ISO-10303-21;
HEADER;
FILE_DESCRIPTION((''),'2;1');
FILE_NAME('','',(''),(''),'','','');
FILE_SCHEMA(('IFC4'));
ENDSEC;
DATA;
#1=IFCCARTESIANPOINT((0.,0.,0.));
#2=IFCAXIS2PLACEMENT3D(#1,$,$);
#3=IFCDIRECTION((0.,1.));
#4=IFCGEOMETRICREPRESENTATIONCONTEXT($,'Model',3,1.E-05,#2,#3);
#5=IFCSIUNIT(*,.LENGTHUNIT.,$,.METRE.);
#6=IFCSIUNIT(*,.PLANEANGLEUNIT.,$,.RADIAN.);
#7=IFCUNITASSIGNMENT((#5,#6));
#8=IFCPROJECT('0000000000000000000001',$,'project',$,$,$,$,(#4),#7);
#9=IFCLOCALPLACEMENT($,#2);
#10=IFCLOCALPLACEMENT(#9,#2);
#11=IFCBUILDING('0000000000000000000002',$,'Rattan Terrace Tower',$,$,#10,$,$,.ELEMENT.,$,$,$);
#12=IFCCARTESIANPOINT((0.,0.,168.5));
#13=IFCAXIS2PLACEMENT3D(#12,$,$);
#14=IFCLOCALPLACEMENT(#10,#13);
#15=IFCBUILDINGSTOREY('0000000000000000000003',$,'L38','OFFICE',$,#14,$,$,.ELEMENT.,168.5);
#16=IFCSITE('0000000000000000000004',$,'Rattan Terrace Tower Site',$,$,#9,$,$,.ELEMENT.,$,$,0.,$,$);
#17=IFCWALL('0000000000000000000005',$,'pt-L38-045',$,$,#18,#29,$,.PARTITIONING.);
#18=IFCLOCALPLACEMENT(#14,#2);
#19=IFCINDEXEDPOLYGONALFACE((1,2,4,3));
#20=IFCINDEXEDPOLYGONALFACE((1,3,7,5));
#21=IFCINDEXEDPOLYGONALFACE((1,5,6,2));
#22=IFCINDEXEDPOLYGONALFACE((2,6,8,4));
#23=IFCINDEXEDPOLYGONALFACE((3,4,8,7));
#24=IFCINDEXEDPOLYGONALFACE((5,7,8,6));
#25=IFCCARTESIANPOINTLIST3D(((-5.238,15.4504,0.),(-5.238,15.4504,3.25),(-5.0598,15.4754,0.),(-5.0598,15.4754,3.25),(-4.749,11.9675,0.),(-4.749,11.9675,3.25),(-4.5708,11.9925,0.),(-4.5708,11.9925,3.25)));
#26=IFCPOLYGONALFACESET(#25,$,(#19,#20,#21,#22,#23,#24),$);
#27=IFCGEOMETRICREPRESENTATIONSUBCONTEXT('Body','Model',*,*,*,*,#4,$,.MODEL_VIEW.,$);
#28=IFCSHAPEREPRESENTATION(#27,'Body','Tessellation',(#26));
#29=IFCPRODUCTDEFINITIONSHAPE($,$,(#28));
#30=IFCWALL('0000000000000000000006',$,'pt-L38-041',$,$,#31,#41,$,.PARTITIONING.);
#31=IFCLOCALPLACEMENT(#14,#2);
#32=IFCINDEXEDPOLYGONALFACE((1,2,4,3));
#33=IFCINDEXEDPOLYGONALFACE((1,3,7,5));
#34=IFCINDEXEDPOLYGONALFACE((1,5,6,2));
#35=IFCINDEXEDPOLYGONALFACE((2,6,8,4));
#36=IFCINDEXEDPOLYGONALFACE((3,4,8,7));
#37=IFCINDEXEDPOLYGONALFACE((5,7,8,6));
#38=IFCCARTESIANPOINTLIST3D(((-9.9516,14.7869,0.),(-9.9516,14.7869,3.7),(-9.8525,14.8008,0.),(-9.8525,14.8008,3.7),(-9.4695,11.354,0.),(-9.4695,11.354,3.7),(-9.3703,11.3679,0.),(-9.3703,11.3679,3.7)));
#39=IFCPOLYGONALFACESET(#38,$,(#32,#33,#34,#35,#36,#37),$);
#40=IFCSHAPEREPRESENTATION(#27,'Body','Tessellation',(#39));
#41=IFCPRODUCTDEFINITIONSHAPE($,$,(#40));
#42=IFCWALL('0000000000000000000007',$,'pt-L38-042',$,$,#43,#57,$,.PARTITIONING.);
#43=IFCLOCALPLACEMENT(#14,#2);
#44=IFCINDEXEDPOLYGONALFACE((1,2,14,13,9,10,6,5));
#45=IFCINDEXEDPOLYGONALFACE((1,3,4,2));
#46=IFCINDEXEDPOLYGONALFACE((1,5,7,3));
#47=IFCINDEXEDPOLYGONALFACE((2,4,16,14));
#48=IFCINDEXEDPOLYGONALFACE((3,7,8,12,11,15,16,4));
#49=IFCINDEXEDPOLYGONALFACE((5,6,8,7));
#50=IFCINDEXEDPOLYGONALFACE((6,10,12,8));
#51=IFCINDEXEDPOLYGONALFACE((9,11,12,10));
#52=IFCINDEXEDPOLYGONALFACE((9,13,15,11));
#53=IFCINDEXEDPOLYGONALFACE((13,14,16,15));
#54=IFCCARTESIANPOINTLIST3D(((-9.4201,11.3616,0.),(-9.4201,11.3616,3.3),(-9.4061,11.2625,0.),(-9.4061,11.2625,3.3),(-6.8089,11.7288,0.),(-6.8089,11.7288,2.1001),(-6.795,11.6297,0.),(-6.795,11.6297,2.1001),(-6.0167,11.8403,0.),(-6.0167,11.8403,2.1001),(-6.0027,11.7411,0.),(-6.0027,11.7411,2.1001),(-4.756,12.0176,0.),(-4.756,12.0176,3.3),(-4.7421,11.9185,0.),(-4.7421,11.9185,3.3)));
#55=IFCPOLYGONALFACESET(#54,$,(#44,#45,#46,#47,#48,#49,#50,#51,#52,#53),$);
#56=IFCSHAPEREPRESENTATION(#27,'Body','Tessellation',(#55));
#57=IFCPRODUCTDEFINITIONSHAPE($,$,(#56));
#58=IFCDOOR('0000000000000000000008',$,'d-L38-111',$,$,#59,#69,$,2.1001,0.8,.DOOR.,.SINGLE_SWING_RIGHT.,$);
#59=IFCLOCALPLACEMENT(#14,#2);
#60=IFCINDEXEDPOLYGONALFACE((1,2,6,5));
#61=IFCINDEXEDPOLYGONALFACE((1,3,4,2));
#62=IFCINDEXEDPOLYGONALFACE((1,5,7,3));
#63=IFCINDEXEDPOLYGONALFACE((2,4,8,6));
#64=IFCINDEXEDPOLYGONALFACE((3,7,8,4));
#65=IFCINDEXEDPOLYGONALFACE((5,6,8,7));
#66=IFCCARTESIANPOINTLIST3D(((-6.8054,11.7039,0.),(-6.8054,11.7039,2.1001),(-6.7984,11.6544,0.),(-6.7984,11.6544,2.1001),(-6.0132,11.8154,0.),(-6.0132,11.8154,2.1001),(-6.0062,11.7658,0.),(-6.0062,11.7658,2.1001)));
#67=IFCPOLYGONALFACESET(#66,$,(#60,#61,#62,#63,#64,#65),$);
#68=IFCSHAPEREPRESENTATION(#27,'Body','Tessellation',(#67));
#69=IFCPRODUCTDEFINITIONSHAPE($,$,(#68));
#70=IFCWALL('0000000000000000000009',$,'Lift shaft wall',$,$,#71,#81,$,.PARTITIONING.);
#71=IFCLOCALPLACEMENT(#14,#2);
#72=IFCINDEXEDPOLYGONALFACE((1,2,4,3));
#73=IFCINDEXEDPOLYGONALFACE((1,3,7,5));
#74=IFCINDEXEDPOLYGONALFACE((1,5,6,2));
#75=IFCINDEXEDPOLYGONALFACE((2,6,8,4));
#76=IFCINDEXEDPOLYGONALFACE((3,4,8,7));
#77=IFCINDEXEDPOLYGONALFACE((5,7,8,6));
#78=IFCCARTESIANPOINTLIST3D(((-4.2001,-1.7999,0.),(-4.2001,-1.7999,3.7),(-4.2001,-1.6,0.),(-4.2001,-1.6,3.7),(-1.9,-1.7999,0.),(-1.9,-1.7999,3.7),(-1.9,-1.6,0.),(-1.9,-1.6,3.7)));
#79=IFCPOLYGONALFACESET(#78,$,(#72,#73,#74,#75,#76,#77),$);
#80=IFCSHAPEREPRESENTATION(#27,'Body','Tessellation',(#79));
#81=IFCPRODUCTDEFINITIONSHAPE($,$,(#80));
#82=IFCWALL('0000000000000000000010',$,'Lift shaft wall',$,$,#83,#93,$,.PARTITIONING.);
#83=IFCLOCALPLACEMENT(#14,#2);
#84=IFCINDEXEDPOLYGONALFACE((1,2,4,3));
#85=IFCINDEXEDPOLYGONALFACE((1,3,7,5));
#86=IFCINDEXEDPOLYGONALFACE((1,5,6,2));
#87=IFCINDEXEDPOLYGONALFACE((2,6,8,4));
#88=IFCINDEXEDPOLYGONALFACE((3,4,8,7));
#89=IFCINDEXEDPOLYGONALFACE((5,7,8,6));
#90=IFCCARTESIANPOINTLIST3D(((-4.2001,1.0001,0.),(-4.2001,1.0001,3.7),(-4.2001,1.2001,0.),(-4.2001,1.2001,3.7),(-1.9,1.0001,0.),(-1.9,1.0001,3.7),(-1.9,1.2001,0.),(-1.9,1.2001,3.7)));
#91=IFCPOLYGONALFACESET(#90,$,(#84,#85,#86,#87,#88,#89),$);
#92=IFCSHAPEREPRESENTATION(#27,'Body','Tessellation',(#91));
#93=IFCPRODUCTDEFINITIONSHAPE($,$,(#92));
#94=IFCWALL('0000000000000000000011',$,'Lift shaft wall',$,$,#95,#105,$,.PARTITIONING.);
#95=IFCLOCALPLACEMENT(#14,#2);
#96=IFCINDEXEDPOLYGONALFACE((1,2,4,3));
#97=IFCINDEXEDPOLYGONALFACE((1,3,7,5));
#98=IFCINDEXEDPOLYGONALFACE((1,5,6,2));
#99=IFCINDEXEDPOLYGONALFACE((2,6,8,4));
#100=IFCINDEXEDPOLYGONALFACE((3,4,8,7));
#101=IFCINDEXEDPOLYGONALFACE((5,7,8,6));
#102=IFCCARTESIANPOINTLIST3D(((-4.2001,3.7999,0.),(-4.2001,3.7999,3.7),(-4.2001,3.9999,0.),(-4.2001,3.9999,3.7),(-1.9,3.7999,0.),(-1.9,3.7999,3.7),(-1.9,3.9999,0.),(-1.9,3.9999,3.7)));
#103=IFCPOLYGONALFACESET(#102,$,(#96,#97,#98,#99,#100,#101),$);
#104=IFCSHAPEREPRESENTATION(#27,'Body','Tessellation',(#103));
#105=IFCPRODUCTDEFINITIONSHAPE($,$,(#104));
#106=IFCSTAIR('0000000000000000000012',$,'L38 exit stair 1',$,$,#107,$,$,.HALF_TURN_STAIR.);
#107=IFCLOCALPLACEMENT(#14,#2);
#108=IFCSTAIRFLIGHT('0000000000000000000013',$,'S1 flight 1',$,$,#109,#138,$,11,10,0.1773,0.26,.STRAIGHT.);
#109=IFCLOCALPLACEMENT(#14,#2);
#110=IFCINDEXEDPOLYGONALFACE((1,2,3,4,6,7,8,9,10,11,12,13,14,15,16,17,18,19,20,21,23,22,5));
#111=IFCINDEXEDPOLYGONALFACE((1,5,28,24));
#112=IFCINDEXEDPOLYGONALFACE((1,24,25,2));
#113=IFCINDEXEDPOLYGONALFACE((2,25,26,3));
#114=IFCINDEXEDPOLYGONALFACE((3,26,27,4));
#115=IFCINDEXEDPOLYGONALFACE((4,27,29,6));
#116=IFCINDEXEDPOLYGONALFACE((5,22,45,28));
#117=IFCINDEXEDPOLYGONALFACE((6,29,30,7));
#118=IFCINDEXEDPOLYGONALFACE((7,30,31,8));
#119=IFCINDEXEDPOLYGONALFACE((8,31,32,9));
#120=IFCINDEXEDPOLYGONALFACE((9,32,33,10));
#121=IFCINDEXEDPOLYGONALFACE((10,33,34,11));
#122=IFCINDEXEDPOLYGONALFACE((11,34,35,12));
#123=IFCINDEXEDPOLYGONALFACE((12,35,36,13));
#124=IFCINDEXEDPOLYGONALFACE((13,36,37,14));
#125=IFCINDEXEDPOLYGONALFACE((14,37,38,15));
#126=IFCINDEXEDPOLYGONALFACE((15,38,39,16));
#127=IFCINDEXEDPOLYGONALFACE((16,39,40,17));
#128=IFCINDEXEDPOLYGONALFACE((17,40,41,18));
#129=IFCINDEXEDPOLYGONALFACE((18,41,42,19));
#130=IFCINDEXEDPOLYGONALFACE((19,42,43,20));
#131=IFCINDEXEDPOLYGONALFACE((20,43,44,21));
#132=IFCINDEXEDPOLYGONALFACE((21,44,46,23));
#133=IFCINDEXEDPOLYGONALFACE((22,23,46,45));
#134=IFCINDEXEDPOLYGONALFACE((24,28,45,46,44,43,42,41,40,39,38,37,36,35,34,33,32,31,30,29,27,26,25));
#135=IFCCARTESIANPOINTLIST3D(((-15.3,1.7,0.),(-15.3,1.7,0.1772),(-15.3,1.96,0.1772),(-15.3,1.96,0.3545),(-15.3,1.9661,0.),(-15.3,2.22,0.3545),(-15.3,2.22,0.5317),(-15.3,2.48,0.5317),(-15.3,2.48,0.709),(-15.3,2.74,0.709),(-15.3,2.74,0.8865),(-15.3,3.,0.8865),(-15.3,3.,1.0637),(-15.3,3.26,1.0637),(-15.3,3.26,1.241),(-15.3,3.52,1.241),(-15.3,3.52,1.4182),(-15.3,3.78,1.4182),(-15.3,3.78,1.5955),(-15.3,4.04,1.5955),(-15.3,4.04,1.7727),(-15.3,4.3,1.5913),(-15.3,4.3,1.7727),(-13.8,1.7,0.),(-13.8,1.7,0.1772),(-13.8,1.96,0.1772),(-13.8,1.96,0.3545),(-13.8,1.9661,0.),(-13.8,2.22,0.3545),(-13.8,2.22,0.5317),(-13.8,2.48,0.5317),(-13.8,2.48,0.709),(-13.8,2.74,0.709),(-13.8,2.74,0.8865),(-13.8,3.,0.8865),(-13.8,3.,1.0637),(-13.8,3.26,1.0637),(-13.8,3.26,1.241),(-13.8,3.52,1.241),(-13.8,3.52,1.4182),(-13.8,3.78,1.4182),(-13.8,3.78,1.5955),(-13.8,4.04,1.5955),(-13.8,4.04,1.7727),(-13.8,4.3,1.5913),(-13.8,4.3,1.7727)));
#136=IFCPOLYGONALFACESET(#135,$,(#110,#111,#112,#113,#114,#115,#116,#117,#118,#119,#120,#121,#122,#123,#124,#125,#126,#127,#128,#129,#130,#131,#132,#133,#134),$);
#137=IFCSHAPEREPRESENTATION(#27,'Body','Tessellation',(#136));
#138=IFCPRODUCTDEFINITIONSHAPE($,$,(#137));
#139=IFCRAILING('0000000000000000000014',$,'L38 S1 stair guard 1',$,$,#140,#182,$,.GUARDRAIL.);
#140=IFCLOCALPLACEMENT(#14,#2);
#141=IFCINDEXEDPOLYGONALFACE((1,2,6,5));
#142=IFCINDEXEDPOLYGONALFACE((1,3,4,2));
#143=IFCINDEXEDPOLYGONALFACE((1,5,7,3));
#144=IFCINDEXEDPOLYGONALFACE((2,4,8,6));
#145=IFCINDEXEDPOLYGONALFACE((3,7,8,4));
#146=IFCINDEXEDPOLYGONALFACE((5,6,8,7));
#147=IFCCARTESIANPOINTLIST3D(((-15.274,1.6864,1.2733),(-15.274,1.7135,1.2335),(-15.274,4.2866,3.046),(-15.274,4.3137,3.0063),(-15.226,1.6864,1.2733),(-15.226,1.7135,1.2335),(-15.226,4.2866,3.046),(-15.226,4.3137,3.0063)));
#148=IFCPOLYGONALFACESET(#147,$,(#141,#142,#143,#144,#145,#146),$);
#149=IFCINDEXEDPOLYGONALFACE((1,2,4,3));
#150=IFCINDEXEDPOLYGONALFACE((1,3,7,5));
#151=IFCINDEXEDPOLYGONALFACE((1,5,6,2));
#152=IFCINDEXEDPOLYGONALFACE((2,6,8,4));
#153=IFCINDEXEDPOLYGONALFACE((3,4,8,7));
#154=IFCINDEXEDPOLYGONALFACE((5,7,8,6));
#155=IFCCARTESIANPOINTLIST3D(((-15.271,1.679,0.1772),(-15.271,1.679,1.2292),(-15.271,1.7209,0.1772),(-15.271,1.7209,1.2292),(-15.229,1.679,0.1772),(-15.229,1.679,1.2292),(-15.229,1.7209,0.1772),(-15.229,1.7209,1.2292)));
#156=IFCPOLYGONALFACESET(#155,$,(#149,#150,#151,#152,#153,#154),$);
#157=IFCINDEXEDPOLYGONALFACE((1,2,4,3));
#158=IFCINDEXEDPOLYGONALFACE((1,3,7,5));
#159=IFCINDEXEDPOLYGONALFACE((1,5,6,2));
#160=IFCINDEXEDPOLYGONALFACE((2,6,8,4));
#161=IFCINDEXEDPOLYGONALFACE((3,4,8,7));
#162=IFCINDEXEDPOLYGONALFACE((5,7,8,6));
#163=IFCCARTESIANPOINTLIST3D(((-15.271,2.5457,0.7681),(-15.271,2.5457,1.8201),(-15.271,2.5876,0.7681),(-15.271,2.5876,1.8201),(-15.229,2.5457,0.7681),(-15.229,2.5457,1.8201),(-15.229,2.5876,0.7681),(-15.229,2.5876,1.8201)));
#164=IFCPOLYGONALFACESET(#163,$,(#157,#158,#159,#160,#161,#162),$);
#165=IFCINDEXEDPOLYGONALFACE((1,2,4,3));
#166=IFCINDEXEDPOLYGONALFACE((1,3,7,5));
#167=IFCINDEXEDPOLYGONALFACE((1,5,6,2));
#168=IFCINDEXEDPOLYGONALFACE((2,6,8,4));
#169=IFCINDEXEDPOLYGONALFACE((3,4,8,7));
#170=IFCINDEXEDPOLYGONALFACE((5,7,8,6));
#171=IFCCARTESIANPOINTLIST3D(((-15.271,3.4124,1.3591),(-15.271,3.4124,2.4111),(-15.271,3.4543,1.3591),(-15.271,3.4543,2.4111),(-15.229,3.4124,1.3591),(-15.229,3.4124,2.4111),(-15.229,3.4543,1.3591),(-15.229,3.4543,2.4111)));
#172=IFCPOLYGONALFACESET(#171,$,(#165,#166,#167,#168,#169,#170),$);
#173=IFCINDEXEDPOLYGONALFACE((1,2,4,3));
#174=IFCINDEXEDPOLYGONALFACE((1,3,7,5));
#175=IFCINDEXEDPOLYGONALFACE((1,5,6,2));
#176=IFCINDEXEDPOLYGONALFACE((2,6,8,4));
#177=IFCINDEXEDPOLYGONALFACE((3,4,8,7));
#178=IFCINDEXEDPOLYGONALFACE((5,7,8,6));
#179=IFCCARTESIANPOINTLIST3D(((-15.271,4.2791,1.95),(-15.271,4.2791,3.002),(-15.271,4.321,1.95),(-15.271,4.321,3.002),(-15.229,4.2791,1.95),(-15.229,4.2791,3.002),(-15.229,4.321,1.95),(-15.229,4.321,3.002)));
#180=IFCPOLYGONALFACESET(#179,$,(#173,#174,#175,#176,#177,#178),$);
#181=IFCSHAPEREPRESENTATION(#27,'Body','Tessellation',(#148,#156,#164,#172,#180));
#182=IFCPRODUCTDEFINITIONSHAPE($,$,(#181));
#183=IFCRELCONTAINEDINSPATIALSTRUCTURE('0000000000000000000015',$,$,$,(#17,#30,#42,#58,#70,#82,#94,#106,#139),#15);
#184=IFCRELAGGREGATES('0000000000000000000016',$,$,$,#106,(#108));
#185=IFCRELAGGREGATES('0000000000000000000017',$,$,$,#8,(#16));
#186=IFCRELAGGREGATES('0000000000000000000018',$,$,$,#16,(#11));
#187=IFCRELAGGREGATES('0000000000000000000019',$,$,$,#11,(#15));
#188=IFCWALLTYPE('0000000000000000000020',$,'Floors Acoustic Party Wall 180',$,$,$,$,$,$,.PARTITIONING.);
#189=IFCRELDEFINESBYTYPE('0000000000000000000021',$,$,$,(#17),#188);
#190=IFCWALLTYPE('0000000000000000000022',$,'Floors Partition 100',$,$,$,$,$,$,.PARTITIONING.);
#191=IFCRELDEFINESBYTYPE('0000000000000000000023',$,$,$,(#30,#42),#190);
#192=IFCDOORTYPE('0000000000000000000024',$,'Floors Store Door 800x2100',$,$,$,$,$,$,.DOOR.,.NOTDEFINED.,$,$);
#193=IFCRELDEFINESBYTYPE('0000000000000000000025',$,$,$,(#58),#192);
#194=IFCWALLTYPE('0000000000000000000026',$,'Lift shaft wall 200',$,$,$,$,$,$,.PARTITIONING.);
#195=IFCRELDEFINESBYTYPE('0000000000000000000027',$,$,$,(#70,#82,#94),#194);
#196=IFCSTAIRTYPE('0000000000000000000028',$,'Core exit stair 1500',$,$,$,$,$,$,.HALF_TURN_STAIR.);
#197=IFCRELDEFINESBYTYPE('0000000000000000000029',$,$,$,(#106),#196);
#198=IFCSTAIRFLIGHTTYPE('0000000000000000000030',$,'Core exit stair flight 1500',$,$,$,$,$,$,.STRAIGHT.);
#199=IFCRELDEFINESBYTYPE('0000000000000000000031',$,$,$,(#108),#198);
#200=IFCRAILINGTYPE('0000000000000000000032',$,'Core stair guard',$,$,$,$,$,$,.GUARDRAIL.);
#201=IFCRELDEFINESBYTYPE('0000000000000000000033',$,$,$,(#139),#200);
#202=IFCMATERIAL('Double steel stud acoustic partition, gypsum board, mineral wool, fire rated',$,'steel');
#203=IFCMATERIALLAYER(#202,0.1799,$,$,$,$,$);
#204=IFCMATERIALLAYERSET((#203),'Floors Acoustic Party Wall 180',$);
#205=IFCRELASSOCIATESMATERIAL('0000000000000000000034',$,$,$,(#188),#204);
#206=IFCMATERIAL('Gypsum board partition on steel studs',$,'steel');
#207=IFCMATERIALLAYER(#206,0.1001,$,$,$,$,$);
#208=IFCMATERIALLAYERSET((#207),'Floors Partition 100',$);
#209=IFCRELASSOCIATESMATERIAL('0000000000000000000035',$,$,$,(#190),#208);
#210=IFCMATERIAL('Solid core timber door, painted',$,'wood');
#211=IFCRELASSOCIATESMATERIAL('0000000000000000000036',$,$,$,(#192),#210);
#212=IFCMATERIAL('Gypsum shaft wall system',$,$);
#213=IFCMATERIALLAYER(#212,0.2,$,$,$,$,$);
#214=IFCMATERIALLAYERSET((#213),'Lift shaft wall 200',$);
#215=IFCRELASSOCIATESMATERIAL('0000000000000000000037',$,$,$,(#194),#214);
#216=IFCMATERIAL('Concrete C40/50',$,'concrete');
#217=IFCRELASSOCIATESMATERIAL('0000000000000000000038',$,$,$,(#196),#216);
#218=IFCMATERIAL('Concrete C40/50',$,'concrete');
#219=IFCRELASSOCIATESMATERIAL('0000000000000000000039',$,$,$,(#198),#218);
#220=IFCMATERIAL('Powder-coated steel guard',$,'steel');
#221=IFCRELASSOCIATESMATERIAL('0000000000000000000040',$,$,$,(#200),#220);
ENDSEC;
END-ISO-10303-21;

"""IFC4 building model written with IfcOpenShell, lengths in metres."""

from ifc_helpers import new_model, si_unit, direction, frame, frame_2d, origin, origin_2d, place, context, subcontext, project, spatial, polyline, rectangle, outline, extrude, material, layer, layer_set, type_object, element, fill, aggregate, save


model = new_model("IFC4")

# Units and contexts
model_context = context("Model", 3, precision=1e-05, world=origin(), true_north=direction((0.0, 1.0)))
body_context = subcontext(model_context, "Body", "Model", "MODEL_VIEW")
ifc_project = project(units=[si_unit("LENGTHUNIT", "METRE"), si_unit("PLANEANGLEUNIT", "RADIAN")], contexts=[model_context])

# Site, building, storey
site_placement = place(None, origin())
site = spatial("IfcSite", under=ifc_project, at=site_placement, Name="Rattan Terrace Tower Site", CompositionType="ELEMENT", RefElevation=0.0)
building_placement = place(site_placement, origin())
building = spatial("IfcBuilding", under=site, at=building_placement, Name="Rattan Terrace Tower", CompositionType="ELEMENT")
storey_placement = place(building_placement, frame((0.0, 0.0, 168.5)))
storey = spatial("IfcBuildingStorey", under=building, at=storey_placement, Name="L38", Description="OFFICE", CompositionType="ELEMENT", Elevation=168.5)

# Walls
ifc_material_1 = material(Name="Double steel stud acoustic partition, gypsum board, mineral wool, fire rated", Category="steel")
ifc_layer_1 = layer(ifc_material_1, 0.1799)
ifc_layer_set_1 = layer_set([ifc_layer_1], Name="Floors Acoustic Party Wall 180")
wall_type_1 = type_object("IfcWallType", Name="Floors Acoustic Party Wall 180", PredefinedType="PARTITIONING", material=ifc_layer_set_1)
wall_1_placement = place(storey_placement, frame((-5.1489, 15.4629, 0.0), z_axis=(0.0, 0.0, 1.0), x_axis=(0.13904, -0.990287, 0.0)))
element("IfcWall", 1, at=wall_1_placement, inside=storey, type_object=wall_type_1, Name="pt-L38-045", PredefinedType="PARTITIONING", context=body_context, shape_type="SweptSolid", body=[
    extrude(rectangle(XDim=3.5171, YDim=0.1799, at=frame_2d((1.7585, 0.0))), origin(), (0.0, 0.0, 1.0), 3.25),
])
ifc_material_2 = material(Name="Gypsum board partition on steel studs", Category="steel")
ifc_layer_2 = layer(ifc_material_2, 0.1001)
ifc_layer_set_2 = layer_set([ifc_layer_2], Name="Floors Partition 100")
wall_type_2 = type_object("IfcWallType", Name="Floors Partition 100", PredefinedType="PARTITIONING", material=ifc_layer_set_2)
wall_2_placement = place(storey_placement, frame((-9.9021, 14.7939, 0.0), z_axis=(0.0, 0.0, 1.0), x_axis=(0.139094, -0.990279, 0.0)))
element("IfcWall", 2, at=wall_2_placement, inside=storey, type_object=wall_type_2, Name="pt-L38-041", PredefinedType="PARTITIONING", context=body_context, shape_type="SweptSolid", body=[
    extrude(rectangle(XDim=3.4666, YDim=0.1001, at=frame_2d((1.7334, 0.0))), origin(), (0.0, 0.0, 1.0), 3.7),
])

# Wall, opening, door
wall_3_placement = place(storey_placement, frame((-9.4131, 11.312, 0.0), z_axis=(0.0, 0.0, 1.0), x_axis=(0.990253, 0.13928, 0.0)))
wall_3 = element("IfcWall", 3, at=wall_3_placement, inside=storey, type_object=wall_type_2, Name="pt-L38-042", PredefinedType="PARTITIONING", context=body_context, shape_type="SweptSolid", body=[
    extrude(rectangle(XDim=4.71, YDim=0.1001, at=frame_2d((2.355, 0.0))), origin(), (0.0, 0.0, 1.0), 3.3),
])
opening_placement = place(wall_3_placement, frame((2.637, 0.0, 0.0)))
opening = element("IfcOpeningElement", 4, at=opening_placement, cuts=wall_3, PredefinedType="OPENING", context=body_context, shape_type="SweptSolid", body=[
    extrude(rectangle(XDim=0.8, YDim=2.1001, at=frame_2d((0.3999, 1.05))), frame((0.0, 0.0605, 0.0), z_axis=(0.0, -1.0, 0.0), x_axis=(1.0, 0.0, 0.0)), (0.0, 0.0, 1.0), 0.1211),
])
ifc_material_3 = material(Name="Solid core timber door, painted", Category="wood")
door_type = type_object("IfcDoorType", Name="Floors Store Door 800x2100", OperationType="NOTDEFINED", PredefinedType="DOOR", material=ifc_material_3)
door_placement = place(opening_placement, origin())
door = element("IfcDoor", 5, at=door_placement, inside=storey, type_object=door_type, Name="d-L38-111", OperationType="SINGLE_SWING_RIGHT", OverallHeight=2.1001, OverallWidth=0.8, PredefinedType="DOOR", context=body_context, shape_type="SweptSolid", body=[
    extrude(rectangle(XDim=0.8, YDim=2.1001, at=frame_2d((0.3999, 1.05))), frame((0.0, 0.0249, 0.0), z_axis=(0.0, -1.0, 0.0), x_axis=(1.0, 0.0, 0.0)), (0.0, 0.0, 1.0), 0.05),
])
fill(opening, door)

# Walls
ifc_material_4 = material(Name="Gypsum shaft wall system")
ifc_layer_3 = layer(ifc_material_4, 0.2)
ifc_layer_set_3 = layer_set([ifc_layer_3], Name="Lift shaft wall 200")
wall_type_3 = type_object("IfcWallType", Name="Lift shaft wall 200", PredefinedType="PARTITIONING", material=ifc_layer_set_3)
for number, where, z_axis, x_axis, name in (
    (6, (-4.2, -1.7, 0.0), (0.0, 0.0, 1.0), (1.0, 0.0, 0.0), "Lift shaft wall"),
    (7, (-4.2, 1.1001, 0.0), (0.0, 0.0, 1.0), (1.0, 0.0, 0.0), "Lift shaft wall"),
    (8, (-4.2, 3.8999, 0.0), (0.0, 0.0, 1.0), (1.0, 0.0, 0.0), "Lift shaft wall"),
):
    element("IfcWall", number, at=place(storey_placement, frame(where, z_axis=z_axis, x_axis=x_axis)), inside=storey, type_object=wall_type_3, Name=name, PredefinedType="PARTITIONING", context=body_context, shape_type="SweptSolid", body=[
        extrude(rectangle(XDim=2.3, YDim=0.2, at=frame_2d((1.1499, 0.0))), origin(), (0.0, 0.0, 1.0), 3.7),
    ])

# Stair, stair flight
ifc_material_5 = material(Name="Concrete C40/50", Category="concrete")
stair_type = type_object("IfcStairType", Name="Core exit stair 1500", PredefinedType="HALF_TURN_STAIR", material=ifc_material_5)
stair_placement = place(storey_placement, origin())
stair = element("IfcStair", 9, at=stair_placement, inside=storey, type_object=stair_type, Name="L38 exit stair 1", PredefinedType="HALF_TURN_STAIR")
ifc_material_6 = material(Name="Concrete C40/50", Category="concrete")
stair_flight_type = type_object("IfcStairFlightType", Name="Core exit stair flight 1500", PredefinedType="STRAIGHT", material=ifc_material_6)
stair_flight_placement = place(storey_placement, frame((-14.55, 1.7, 0.0), z_axis=(0.0, 0.0, 1.0), x_axis=(0.0, 1.0, 0.0)))
stair_flight = element("IfcStairFlight", 10, at=stair_flight_placement, type_object=stair_flight_type, Name="S1 flight 1", NumberOfRisers=11, NumberOfTreads=10, PredefinedType="STRAIGHT", RiserHeight=0.1773, TreadLength=0.26, context=body_context, shape_type="SweptSolid", body=[
    extrude(outline(polyline([(0.0, 0.0), (0.0, 0.1772), (0.26, 0.1772), (0.26, 0.3545), (0.52, 0.3545), (0.52, 0.5317), (0.78, 0.5317), (0.78, 0.709), (1.04, 0.709), (1.04, 0.8865), (1.3, 0.8865), (1.3, 1.0637), (1.5601, 1.0637), (1.5601, 1.241), (1.8201, 1.241), (1.8201, 1.4182), (2.0801, 1.4182), (2.0801, 1.5955), (2.3401, 1.5955), (2.3401, 1.7727), (2.6001, 1.7727), (2.6001, 1.95), (2.6001, 1.5913), (0.2661, 0.0), (0.0, 0.0)])), frame((0.0, 0.75, 0.0), z_axis=(0.0, -1.0, 0.0), x_axis=(1.0, 0.0, 0.0)), (0.0, 0.0, 1.0), 1.5),
])
aggregate(stair, [stair_flight])

# Railing
ifc_material_7 = material(Name="Powder-coated steel guard", Category="steel")
railing_type_1 = type_object("IfcRailingType", Name="Core stair guard", PredefinedType="GUARDRAIL", material=ifc_material_7)
railing_1_placement = place(storey_placement, frame((-15.25, 1.7, 0.1772)))
element("IfcRailing", 11, at=railing_1_placement, inside=storey, type_object=railing_type_1, Name="L38 S1 stair guard 1", PredefinedType="GUARDRAIL", context=body_context, shape_type="SweptSolid", body=[
    extrude(rectangle(XDim=0.0481, YDim=0.0481, at=origin_2d()), frame((0.0, 0.0, 1.0762), z_axis=(0.0, 0.82624, 0.563318), x_axis=(-1.0, 0.0, 0.0)), (0.0, 0.0, 1.0), 3.147),
    extrude(rectangle(XDim=0.042, YDim=0.042, at=origin_2d()), origin(), (0.0, 0.0, 1.0), 1.052),
    extrude(rectangle(XDim=0.042, YDim=0.042, at=origin_2d()), frame((0.0, 0.8667, 0.5908)), (0.0, 0.0, 1.0), 1.052),
    extrude(rectangle(XDim=0.042, YDim=0.042, at=origin_2d()), frame((0.0, 1.7334, 1.1819)), (0.0, 0.0, 1.0), 1.052),
    extrude(rectangle(XDim=0.042, YDim=0.042, at=origin_2d()), frame((0.0, 2.6001, 1.7727)), (0.0, 0.0, 1.0), 1.052),
])

save(model, "model.ifc")
